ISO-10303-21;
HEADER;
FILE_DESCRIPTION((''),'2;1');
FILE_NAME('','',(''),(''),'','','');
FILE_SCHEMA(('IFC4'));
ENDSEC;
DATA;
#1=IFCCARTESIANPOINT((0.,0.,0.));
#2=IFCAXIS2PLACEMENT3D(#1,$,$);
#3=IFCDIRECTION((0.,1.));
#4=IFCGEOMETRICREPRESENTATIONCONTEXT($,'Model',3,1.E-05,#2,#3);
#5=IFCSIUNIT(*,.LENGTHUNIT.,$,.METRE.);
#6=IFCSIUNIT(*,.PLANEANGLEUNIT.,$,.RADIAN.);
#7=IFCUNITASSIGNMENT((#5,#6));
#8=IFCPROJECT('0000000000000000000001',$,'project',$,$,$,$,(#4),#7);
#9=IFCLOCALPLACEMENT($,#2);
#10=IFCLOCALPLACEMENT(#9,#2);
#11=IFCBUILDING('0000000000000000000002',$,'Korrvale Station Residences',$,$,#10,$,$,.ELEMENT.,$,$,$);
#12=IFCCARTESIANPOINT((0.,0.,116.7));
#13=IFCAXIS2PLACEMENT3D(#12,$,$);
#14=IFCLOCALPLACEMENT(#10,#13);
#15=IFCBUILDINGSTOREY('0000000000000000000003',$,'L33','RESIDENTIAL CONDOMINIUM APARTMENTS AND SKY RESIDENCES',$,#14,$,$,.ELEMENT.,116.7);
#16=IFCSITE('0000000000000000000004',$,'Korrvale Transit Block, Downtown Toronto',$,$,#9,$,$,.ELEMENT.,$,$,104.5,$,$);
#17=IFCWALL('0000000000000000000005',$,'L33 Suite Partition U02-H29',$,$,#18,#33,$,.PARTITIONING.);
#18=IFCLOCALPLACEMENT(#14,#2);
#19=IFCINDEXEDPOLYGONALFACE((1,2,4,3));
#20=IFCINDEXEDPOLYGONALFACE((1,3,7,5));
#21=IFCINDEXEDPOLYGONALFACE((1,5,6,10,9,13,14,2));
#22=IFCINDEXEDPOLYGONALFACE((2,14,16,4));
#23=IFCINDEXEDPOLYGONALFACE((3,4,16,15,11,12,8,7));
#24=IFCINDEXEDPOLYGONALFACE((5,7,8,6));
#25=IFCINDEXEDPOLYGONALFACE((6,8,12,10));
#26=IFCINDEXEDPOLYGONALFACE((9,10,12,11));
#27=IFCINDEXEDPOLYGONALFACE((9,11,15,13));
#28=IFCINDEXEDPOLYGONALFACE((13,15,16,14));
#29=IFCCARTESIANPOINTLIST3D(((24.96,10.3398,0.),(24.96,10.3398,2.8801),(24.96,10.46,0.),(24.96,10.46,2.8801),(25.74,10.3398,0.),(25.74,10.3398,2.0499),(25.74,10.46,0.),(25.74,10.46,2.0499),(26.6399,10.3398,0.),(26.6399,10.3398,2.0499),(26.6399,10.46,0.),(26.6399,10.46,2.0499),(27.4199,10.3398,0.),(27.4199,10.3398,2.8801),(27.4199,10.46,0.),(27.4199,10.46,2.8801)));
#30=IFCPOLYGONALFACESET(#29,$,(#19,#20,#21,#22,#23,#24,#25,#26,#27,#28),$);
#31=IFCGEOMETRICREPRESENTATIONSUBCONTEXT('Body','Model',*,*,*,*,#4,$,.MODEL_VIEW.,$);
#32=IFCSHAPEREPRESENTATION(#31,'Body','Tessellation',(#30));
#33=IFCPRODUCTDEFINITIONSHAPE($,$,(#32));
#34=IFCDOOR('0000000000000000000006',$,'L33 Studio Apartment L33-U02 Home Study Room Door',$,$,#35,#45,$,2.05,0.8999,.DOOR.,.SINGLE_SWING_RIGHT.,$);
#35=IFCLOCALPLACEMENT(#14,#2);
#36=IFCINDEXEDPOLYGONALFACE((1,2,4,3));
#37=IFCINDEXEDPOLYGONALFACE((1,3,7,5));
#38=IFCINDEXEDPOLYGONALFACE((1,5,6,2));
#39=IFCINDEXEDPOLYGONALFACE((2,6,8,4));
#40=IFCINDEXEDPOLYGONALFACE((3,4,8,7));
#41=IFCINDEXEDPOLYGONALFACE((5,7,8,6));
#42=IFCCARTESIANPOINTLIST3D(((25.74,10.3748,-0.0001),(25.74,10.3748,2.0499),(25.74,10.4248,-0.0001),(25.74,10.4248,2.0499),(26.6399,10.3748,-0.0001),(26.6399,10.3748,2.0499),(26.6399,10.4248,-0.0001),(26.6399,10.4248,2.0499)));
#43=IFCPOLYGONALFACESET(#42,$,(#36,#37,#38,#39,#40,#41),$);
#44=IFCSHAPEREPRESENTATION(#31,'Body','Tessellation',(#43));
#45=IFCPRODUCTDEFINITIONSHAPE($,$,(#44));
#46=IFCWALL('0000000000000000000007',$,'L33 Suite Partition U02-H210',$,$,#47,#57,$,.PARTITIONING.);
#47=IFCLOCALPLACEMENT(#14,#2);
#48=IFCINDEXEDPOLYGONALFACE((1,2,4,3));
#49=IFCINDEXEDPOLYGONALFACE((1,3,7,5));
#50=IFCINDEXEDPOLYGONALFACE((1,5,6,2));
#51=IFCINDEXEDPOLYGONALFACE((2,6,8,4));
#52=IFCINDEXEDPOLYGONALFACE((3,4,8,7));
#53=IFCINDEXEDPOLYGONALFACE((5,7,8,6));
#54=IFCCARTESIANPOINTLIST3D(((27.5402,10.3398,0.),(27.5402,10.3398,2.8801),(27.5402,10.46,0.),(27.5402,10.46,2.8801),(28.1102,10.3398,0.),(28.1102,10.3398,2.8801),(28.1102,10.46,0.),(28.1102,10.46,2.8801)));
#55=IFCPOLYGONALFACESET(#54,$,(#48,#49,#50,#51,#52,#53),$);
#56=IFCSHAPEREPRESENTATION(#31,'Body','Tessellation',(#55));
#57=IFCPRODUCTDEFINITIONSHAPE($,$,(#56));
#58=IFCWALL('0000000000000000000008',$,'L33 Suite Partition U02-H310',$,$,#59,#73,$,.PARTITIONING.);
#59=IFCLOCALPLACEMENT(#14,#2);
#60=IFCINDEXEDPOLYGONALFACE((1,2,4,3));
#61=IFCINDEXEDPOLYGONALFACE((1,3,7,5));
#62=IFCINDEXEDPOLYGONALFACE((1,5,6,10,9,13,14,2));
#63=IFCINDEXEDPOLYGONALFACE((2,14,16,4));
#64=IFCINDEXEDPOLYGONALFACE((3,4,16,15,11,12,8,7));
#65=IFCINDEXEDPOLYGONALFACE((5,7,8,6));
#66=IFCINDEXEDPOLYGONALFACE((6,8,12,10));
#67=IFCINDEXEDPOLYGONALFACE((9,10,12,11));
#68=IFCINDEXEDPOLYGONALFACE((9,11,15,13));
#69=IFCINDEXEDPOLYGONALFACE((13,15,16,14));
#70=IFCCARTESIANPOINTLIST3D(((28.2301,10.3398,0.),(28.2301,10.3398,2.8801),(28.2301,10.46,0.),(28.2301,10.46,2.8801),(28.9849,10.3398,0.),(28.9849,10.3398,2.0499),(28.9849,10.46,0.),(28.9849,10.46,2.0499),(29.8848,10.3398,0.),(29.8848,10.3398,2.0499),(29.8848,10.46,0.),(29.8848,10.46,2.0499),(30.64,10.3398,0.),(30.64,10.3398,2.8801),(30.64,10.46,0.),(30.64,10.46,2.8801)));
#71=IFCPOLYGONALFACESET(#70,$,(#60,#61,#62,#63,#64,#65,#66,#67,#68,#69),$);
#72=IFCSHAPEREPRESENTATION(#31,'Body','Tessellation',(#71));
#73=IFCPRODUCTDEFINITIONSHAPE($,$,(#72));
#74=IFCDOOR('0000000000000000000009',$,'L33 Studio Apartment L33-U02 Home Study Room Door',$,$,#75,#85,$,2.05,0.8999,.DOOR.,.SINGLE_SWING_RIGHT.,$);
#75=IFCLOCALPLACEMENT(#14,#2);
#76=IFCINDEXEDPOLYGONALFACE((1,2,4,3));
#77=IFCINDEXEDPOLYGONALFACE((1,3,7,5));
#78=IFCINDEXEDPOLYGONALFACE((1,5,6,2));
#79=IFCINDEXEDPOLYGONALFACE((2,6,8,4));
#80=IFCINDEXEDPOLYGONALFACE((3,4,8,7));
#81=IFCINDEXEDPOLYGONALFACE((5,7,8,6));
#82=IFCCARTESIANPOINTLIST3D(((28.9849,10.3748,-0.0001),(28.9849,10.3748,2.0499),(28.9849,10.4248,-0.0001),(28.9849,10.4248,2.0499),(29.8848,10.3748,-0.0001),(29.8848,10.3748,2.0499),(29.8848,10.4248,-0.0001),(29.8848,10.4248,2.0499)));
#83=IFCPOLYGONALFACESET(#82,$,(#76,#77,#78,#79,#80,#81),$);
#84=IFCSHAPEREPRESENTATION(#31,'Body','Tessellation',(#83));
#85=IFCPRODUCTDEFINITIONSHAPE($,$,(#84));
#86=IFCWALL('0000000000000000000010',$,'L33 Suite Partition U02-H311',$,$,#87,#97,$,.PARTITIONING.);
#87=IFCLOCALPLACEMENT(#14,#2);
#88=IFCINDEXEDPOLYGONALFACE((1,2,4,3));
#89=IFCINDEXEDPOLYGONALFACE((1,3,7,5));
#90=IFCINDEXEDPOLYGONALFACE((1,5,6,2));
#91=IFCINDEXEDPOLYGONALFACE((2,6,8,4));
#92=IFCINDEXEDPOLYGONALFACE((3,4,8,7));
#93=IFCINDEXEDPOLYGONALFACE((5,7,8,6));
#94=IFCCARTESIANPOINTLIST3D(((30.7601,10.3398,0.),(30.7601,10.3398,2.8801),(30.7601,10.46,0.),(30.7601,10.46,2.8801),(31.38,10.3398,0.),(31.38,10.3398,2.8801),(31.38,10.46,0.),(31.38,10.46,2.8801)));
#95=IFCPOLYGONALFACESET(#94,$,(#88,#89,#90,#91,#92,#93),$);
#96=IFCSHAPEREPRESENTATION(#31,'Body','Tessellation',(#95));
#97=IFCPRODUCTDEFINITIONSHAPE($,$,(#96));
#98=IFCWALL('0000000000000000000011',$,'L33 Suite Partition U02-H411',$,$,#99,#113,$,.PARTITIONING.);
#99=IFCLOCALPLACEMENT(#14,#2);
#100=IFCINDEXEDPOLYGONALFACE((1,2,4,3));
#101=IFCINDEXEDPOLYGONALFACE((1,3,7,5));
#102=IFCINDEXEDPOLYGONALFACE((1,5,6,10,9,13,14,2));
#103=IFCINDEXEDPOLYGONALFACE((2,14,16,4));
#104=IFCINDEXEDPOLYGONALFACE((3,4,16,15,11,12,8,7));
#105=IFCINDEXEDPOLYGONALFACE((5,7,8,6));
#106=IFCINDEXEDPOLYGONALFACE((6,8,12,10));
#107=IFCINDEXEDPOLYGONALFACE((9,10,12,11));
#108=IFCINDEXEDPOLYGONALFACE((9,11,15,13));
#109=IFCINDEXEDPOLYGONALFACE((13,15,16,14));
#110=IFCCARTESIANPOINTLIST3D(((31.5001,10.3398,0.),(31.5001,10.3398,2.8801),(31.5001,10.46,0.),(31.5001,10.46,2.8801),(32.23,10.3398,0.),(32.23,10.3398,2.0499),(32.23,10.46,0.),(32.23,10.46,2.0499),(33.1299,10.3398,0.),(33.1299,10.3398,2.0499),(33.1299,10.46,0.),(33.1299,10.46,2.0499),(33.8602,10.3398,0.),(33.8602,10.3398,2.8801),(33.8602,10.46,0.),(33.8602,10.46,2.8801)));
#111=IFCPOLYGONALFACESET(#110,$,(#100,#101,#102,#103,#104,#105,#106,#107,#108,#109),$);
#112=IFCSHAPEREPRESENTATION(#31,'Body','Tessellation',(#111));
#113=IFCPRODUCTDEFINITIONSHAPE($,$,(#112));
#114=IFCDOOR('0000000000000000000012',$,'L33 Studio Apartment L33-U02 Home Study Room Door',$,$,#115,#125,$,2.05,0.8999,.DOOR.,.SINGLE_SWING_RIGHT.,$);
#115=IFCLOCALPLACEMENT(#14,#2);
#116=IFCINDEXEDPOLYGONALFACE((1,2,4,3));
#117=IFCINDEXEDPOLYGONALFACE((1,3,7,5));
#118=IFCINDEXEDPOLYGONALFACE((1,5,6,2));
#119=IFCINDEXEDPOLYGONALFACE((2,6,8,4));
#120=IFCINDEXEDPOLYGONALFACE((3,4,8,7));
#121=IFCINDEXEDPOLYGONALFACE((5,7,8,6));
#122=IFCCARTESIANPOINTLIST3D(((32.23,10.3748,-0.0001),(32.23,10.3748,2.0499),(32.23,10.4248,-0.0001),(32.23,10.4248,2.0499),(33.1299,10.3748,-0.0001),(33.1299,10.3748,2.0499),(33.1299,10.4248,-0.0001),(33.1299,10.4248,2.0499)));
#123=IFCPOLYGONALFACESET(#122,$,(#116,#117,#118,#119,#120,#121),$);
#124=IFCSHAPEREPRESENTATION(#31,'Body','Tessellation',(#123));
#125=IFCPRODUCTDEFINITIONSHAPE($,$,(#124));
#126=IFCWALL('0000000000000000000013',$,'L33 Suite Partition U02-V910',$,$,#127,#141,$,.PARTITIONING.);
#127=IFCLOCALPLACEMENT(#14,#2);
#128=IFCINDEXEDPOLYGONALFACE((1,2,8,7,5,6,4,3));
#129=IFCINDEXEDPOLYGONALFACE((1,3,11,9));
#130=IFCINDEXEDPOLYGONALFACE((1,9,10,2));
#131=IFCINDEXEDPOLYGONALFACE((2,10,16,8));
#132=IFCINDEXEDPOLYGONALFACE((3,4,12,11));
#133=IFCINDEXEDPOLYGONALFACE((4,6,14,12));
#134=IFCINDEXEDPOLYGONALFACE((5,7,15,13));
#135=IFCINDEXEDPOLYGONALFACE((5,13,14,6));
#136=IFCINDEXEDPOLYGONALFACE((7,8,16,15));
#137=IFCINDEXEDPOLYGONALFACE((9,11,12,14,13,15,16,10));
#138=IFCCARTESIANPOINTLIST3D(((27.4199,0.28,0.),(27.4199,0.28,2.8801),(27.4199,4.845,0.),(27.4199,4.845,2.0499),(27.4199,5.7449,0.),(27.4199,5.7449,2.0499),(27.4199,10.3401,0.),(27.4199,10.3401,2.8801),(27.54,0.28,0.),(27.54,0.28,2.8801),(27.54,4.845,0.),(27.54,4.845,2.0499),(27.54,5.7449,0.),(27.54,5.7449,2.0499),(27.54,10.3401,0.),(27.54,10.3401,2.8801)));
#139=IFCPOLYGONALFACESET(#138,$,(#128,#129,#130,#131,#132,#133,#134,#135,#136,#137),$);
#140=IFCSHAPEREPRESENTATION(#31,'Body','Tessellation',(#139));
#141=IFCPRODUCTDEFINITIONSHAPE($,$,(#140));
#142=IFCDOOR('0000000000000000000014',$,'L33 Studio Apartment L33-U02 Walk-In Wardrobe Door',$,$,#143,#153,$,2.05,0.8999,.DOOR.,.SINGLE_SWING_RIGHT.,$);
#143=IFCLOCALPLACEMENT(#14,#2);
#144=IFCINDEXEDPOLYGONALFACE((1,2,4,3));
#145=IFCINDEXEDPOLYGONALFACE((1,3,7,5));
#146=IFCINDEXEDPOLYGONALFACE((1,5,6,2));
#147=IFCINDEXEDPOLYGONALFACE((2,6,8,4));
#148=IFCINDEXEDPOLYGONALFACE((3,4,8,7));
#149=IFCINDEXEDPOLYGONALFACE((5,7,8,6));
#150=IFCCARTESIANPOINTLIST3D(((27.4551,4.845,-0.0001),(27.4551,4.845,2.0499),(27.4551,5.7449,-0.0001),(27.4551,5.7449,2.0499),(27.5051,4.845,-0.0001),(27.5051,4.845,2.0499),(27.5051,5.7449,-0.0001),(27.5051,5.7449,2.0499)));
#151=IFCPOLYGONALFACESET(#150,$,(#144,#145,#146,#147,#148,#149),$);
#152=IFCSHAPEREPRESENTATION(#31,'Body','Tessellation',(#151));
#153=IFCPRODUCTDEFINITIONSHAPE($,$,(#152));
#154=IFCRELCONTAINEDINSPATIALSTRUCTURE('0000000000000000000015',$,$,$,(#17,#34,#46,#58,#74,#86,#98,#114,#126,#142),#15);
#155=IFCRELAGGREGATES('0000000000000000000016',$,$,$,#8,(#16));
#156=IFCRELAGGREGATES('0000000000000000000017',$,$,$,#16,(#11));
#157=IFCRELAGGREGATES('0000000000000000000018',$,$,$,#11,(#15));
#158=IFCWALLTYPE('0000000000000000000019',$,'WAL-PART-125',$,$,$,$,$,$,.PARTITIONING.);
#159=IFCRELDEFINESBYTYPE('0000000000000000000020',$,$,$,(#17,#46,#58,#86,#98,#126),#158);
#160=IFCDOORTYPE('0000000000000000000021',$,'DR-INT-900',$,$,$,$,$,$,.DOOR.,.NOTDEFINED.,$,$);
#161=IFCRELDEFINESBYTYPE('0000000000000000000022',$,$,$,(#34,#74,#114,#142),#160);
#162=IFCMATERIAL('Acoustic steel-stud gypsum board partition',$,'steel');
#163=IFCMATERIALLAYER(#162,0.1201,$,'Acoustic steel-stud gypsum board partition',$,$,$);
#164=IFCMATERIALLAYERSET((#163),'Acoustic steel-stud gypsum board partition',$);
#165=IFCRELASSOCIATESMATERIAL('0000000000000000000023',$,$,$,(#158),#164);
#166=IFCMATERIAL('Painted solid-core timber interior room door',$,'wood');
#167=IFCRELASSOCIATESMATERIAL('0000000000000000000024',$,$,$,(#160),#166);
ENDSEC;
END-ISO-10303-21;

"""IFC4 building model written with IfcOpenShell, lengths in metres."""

from ifc_helpers import new_model, si_unit, direction, frame, frame_2d, origin, place, context, subcontext, project, spatial, rectangle, extrude, material, layer, layer_set, type_object, element, fill, save


model = new_model("IFC4")

# Units and contexts
model_context = context("Model", 3, precision=1e-05, world=origin(), true_north=direction((0.0, 1.0)))
body_context = subcontext(model_context, "Body", "Model", "MODEL_VIEW")
ifc_project = project(units=[si_unit("LENGTHUNIT", "METRE"), si_unit("PLANEANGLEUNIT", "RADIAN")], contexts=[model_context])

# Site, building, storey
site_placement = place(None, origin())
site = spatial("IfcSite", under=ifc_project, at=site_placement, Name="Korrvale Transit Block, Downtown Toronto", CompositionType="ELEMENT", RefElevation=104.5)
building_placement = place(site_placement, origin())
building = spatial("IfcBuilding", under=site, at=building_placement, Name="Korrvale Station Residences", CompositionType="ELEMENT")
storey_placement = place(building_placement, frame((0.0, 0.0, 116.7)))
storey = spatial("IfcBuildingStorey", under=building, at=storey_placement, Name="L33", Description="RESIDENTIAL CONDOMINIUM APARTMENTS AND SKY RESIDENCES", CompositionType="ELEMENT", Elevation=116.7)

# Wall, opening, door
ifc_material_1 = material(Name="Acoustic steel-stud gypsum board partition", Category="steel")
ifc_layer_1 = layer(ifc_material_1, 0.1201, Name="Acoustic steel-stud gypsum board partition")
ifc_layer_set_1 = layer_set([ifc_layer_1], Name="Acoustic steel-stud gypsum board partition")
wall_type = type_object("IfcWallType", Name="WAL-PART-125", PredefinedType="PARTITIONING", material=ifc_layer_set_1)
ifc_material_2 = material(Name="Painted solid-core timber interior room door", Category="wood")
door_type = type_object("IfcDoorType", Name="DR-INT-900", OperationType="NOTDEFINED", PredefinedType="DOOR", material=ifc_material_2)
wall_1_placement = place(storey_placement, frame((24.96, 10.3999, 0.0), z_axis=(0.0, 0.0, 1.0), x_axis=(1.0, 0.0, 0.0)))
wall_1 = element("IfcWall", 1, at=wall_1_placement, inside=storey, type_object=wall_type, Name="L33 Suite Partition U02-H29", PredefinedType="PARTITIONING", context=body_context, shape_type="SweptSolid", body=[
    extrude(rectangle(XDim=2.46, YDim=0.1201, at=frame_2d((1.23, 0.0))), origin(), (0.0, 0.0, 1.0), 2.8801),
])
opening_1_placement = place(wall_1_placement, frame((0.78, 0.0, 0.0)))
opening_1 = element("IfcOpeningElement", 2, at=opening_1_placement, cuts=wall_1, PredefinedType="OPENING", context=body_context, shape_type="SweptSolid", body=[
    extrude(rectangle(XDim=0.8999, YDim=2.05, at=frame_2d((0.45, 1.0249))), frame((0.0, 0.0701, 0.0), z_axis=(0.0, -1.0, 0.0), x_axis=(1.0, 0.0, 0.0)), (0.0, 0.0, 1.0), 0.1401),
])
door_1_placement = place(opening_1_placement, origin())
door_1 = element("IfcDoor", 3, at=door_1_placement, inside=storey, type_object=door_type, Name="L33 Studio Apartment L33-U02 Home Study Room Door", OperationType="SINGLE_SWING_RIGHT", OverallHeight=2.05, OverallWidth=0.8999, PredefinedType="DOOR", context=body_context, shape_type="SweptSolid", body=[
    extrude(rectangle(XDim=0.8999, YDim=2.05, at=frame_2d((0.45, 1.0249))), frame((0.0, 0.0249, 0.0), z_axis=(0.0, -1.0, 0.0), x_axis=(1.0, 0.0, 0.0)), (0.0, 0.0, 1.0), 0.05),
])
fill(opening_1, door_1)

# Wall
wall_2_placement = place(storey_placement, frame((27.54, 10.3999, 0.0), z_axis=(0.0, 0.0, 1.0), x_axis=(1.0, 0.0, 0.0)))
element("IfcWall", 4, at=wall_2_placement, inside=storey, type_object=wall_type, Name="L33 Suite Partition U02-H210", PredefinedType="PARTITIONING", context=body_context, shape_type="SweptSolid", body=[
    extrude(rectangle(XDim=0.5701, YDim=0.1201, at=frame_2d((0.2852, 0.0))), origin(), (0.0, 0.0, 1.0), 2.8801),
])

# Wall, opening, door
wall_3_placement = place(storey_placement, frame((28.23, 10.3999, 0.0), z_axis=(0.0, 0.0, 1.0), x_axis=(1.0, 0.0, 0.0)))
wall_3 = element("IfcWall", 5, at=wall_3_placement, inside=storey, type_object=wall_type, Name="L33 Suite Partition U02-H310", PredefinedType="PARTITIONING", context=body_context, shape_type="SweptSolid", body=[
    extrude(rectangle(XDim=2.4099, YDim=0.1201, at=frame_2d((1.2051, 0.0))), origin(), (0.0, 0.0, 1.0), 2.8801),
])
opening_2_placement = place(wall_3_placement, frame((0.7549, 0.0, 0.0)))
opening_2 = element("IfcOpeningElement", 6, at=opening_2_placement, cuts=wall_3, PredefinedType="OPENING", context=body_context, shape_type="SweptSolid", body=[
    extrude(rectangle(XDim=0.8999, YDim=2.05, at=frame_2d((0.45, 1.0249))), frame((0.0, 0.0701, 0.0), z_axis=(0.0, -1.0, 0.0), x_axis=(1.0, 0.0, 0.0)), (0.0, 0.0, 1.0), 0.1401),
])
door_2_placement = place(opening_2_placement, origin())
door_2 = element("IfcDoor", 7, at=door_2_placement, inside=storey, type_object=door_type, Name="L33 Studio Apartment L33-U02 Home Study Room Door", OperationType="SINGLE_SWING_RIGHT", OverallHeight=2.05, OverallWidth=0.8999, PredefinedType="DOOR", context=body_context, shape_type="SweptSolid", body=[
    extrude(rectangle(XDim=0.8999, YDim=2.05, at=frame_2d((0.45, 1.0249))), frame((0.0, 0.0249, 0.0), z_axis=(0.0, -1.0, 0.0), x_axis=(1.0, 0.0, 0.0)), (0.0, 0.0, 1.0), 0.05),
])
fill(opening_2, door_2)

# Wall
wall_4_placement = place(storey_placement, frame((30.76, 10.3999, 0.0), z_axis=(0.0, 0.0, 1.0), x_axis=(1.0, 0.0, 0.0)))
element("IfcWall", 8, at=wall_4_placement, inside=storey, type_object=wall_type, Name="L33 Suite Partition U02-H311", PredefinedType="PARTITIONING", context=body_context, shape_type="SweptSolid", body=[
    extrude(rectangle(XDim=0.6199, YDim=0.1201, at=frame_2d((0.3101, 0.0))), origin(), (0.0, 0.0, 1.0), 2.8801),
])

# Walls, openings, doors
wall_5_placement = place(storey_placement, frame((31.5, 10.3999, 0.0), z_axis=(0.0, 0.0, 1.0), x_axis=(1.0, 0.0, 0.0)))
wall_5 = element("IfcWall", 9, at=wall_5_placement, inside=storey, type_object=wall_type, Name="L33 Suite Partition U02-H411", PredefinedType="PARTITIONING", context=body_context, shape_type="SweptSolid", body=[
    extrude(rectangle(XDim=2.3601, YDim=0.1201, at=frame_2d((1.1802, 0.0))), origin(), (0.0, 0.0, 1.0), 2.8801),
])
opening_3_placement = place(wall_5_placement, frame((0.73, 0.0, 0.0)))
opening_3 = element("IfcOpeningElement", 10, at=opening_3_placement, cuts=wall_5, PredefinedType="OPENING", context=body_context, shape_type="SweptSolid", body=[
    extrude(rectangle(XDim=0.8999, YDim=2.05, at=frame_2d((0.45, 1.0249))), frame((0.0, 0.0701, 0.0), z_axis=(0.0, -1.0, 0.0), x_axis=(1.0, 0.0, 0.0)), (0.0, 0.0, 1.0), 0.1401),
])
door_3_placement = place(opening_3_placement, origin())
door_3 = element("IfcDoor", 11, at=door_3_placement, inside=storey, type_object=door_type, Name="L33 Studio Apartment L33-U02 Home Study Room Door", OperationType="SINGLE_SWING_RIGHT", OverallHeight=2.05, OverallWidth=0.8999, PredefinedType="DOOR", context=body_context, shape_type="SweptSolid", body=[
    extrude(rectangle(XDim=0.8999, YDim=2.05, at=frame_2d((0.45, 1.0249))), frame((0.0, 0.0249, 0.0), z_axis=(0.0, -1.0, 0.0), x_axis=(1.0, 0.0, 0.0)), (0.0, 0.0, 1.0), 0.05),
])
fill(opening_3, door_3)
wall_6_placement = place(storey_placement, frame((27.48, 0.28, 0.0), z_axis=(0.0, 0.0, 1.0), x_axis=(0.0, 1.0, 0.0)))
wall_6 = element("IfcWall", 12, at=wall_6_placement, inside=storey, type_object=wall_type, Name="L33 Suite Partition U02-V910", PredefinedType="PARTITIONING", context=body_context, shape_type="SweptSolid", body=[
    extrude(rectangle(XDim=10.0601, YDim=0.1201, at=frame_2d((5.03, 0.0))), origin(), (0.0, 0.0, 1.0), 2.8801),
])
opening_4_placement = place(wall_6_placement, frame((4.5649, 0.0, 0.0)))
opening_4 = element("IfcOpeningElement", 13, at=opening_4_placement, cuts=wall_6, PredefinedType="OPENING", context=body_context, shape_type="SweptSolid", body=[
    extrude(rectangle(XDim=0.8999, YDim=2.05, at=frame_2d((0.45, 1.0249))), frame((0.0, 0.0701, 0.0), z_axis=(0.0, -1.0, 0.0), x_axis=(1.0, 0.0, 0.0)), (0.0, 0.0, 1.0), 0.1401),
])
door_4_placement = place(opening_4_placement, origin())
door_4 = element("IfcDoor", 14, at=door_4_placement, inside=storey, type_object=door_type, Name="L33 Studio Apartment L33-U02 Walk-In Wardrobe Door", OperationType="SINGLE_SWING_RIGHT", OverallHeight=2.05, OverallWidth=0.8999, PredefinedType="DOOR", context=body_context, shape_type="SweptSolid", body=[
    extrude(rectangle(XDim=0.8999, YDim=2.05, at=frame_2d((0.45, 1.0249))), frame((0.0, 0.0249, 0.0), z_axis=(0.0, -1.0, 0.0), x_axis=(1.0, 0.0, 0.0)), (0.0, 0.0, 1.0), 0.05),
])
fill(opening_4, door_4)

save(model, "model.ifc")
